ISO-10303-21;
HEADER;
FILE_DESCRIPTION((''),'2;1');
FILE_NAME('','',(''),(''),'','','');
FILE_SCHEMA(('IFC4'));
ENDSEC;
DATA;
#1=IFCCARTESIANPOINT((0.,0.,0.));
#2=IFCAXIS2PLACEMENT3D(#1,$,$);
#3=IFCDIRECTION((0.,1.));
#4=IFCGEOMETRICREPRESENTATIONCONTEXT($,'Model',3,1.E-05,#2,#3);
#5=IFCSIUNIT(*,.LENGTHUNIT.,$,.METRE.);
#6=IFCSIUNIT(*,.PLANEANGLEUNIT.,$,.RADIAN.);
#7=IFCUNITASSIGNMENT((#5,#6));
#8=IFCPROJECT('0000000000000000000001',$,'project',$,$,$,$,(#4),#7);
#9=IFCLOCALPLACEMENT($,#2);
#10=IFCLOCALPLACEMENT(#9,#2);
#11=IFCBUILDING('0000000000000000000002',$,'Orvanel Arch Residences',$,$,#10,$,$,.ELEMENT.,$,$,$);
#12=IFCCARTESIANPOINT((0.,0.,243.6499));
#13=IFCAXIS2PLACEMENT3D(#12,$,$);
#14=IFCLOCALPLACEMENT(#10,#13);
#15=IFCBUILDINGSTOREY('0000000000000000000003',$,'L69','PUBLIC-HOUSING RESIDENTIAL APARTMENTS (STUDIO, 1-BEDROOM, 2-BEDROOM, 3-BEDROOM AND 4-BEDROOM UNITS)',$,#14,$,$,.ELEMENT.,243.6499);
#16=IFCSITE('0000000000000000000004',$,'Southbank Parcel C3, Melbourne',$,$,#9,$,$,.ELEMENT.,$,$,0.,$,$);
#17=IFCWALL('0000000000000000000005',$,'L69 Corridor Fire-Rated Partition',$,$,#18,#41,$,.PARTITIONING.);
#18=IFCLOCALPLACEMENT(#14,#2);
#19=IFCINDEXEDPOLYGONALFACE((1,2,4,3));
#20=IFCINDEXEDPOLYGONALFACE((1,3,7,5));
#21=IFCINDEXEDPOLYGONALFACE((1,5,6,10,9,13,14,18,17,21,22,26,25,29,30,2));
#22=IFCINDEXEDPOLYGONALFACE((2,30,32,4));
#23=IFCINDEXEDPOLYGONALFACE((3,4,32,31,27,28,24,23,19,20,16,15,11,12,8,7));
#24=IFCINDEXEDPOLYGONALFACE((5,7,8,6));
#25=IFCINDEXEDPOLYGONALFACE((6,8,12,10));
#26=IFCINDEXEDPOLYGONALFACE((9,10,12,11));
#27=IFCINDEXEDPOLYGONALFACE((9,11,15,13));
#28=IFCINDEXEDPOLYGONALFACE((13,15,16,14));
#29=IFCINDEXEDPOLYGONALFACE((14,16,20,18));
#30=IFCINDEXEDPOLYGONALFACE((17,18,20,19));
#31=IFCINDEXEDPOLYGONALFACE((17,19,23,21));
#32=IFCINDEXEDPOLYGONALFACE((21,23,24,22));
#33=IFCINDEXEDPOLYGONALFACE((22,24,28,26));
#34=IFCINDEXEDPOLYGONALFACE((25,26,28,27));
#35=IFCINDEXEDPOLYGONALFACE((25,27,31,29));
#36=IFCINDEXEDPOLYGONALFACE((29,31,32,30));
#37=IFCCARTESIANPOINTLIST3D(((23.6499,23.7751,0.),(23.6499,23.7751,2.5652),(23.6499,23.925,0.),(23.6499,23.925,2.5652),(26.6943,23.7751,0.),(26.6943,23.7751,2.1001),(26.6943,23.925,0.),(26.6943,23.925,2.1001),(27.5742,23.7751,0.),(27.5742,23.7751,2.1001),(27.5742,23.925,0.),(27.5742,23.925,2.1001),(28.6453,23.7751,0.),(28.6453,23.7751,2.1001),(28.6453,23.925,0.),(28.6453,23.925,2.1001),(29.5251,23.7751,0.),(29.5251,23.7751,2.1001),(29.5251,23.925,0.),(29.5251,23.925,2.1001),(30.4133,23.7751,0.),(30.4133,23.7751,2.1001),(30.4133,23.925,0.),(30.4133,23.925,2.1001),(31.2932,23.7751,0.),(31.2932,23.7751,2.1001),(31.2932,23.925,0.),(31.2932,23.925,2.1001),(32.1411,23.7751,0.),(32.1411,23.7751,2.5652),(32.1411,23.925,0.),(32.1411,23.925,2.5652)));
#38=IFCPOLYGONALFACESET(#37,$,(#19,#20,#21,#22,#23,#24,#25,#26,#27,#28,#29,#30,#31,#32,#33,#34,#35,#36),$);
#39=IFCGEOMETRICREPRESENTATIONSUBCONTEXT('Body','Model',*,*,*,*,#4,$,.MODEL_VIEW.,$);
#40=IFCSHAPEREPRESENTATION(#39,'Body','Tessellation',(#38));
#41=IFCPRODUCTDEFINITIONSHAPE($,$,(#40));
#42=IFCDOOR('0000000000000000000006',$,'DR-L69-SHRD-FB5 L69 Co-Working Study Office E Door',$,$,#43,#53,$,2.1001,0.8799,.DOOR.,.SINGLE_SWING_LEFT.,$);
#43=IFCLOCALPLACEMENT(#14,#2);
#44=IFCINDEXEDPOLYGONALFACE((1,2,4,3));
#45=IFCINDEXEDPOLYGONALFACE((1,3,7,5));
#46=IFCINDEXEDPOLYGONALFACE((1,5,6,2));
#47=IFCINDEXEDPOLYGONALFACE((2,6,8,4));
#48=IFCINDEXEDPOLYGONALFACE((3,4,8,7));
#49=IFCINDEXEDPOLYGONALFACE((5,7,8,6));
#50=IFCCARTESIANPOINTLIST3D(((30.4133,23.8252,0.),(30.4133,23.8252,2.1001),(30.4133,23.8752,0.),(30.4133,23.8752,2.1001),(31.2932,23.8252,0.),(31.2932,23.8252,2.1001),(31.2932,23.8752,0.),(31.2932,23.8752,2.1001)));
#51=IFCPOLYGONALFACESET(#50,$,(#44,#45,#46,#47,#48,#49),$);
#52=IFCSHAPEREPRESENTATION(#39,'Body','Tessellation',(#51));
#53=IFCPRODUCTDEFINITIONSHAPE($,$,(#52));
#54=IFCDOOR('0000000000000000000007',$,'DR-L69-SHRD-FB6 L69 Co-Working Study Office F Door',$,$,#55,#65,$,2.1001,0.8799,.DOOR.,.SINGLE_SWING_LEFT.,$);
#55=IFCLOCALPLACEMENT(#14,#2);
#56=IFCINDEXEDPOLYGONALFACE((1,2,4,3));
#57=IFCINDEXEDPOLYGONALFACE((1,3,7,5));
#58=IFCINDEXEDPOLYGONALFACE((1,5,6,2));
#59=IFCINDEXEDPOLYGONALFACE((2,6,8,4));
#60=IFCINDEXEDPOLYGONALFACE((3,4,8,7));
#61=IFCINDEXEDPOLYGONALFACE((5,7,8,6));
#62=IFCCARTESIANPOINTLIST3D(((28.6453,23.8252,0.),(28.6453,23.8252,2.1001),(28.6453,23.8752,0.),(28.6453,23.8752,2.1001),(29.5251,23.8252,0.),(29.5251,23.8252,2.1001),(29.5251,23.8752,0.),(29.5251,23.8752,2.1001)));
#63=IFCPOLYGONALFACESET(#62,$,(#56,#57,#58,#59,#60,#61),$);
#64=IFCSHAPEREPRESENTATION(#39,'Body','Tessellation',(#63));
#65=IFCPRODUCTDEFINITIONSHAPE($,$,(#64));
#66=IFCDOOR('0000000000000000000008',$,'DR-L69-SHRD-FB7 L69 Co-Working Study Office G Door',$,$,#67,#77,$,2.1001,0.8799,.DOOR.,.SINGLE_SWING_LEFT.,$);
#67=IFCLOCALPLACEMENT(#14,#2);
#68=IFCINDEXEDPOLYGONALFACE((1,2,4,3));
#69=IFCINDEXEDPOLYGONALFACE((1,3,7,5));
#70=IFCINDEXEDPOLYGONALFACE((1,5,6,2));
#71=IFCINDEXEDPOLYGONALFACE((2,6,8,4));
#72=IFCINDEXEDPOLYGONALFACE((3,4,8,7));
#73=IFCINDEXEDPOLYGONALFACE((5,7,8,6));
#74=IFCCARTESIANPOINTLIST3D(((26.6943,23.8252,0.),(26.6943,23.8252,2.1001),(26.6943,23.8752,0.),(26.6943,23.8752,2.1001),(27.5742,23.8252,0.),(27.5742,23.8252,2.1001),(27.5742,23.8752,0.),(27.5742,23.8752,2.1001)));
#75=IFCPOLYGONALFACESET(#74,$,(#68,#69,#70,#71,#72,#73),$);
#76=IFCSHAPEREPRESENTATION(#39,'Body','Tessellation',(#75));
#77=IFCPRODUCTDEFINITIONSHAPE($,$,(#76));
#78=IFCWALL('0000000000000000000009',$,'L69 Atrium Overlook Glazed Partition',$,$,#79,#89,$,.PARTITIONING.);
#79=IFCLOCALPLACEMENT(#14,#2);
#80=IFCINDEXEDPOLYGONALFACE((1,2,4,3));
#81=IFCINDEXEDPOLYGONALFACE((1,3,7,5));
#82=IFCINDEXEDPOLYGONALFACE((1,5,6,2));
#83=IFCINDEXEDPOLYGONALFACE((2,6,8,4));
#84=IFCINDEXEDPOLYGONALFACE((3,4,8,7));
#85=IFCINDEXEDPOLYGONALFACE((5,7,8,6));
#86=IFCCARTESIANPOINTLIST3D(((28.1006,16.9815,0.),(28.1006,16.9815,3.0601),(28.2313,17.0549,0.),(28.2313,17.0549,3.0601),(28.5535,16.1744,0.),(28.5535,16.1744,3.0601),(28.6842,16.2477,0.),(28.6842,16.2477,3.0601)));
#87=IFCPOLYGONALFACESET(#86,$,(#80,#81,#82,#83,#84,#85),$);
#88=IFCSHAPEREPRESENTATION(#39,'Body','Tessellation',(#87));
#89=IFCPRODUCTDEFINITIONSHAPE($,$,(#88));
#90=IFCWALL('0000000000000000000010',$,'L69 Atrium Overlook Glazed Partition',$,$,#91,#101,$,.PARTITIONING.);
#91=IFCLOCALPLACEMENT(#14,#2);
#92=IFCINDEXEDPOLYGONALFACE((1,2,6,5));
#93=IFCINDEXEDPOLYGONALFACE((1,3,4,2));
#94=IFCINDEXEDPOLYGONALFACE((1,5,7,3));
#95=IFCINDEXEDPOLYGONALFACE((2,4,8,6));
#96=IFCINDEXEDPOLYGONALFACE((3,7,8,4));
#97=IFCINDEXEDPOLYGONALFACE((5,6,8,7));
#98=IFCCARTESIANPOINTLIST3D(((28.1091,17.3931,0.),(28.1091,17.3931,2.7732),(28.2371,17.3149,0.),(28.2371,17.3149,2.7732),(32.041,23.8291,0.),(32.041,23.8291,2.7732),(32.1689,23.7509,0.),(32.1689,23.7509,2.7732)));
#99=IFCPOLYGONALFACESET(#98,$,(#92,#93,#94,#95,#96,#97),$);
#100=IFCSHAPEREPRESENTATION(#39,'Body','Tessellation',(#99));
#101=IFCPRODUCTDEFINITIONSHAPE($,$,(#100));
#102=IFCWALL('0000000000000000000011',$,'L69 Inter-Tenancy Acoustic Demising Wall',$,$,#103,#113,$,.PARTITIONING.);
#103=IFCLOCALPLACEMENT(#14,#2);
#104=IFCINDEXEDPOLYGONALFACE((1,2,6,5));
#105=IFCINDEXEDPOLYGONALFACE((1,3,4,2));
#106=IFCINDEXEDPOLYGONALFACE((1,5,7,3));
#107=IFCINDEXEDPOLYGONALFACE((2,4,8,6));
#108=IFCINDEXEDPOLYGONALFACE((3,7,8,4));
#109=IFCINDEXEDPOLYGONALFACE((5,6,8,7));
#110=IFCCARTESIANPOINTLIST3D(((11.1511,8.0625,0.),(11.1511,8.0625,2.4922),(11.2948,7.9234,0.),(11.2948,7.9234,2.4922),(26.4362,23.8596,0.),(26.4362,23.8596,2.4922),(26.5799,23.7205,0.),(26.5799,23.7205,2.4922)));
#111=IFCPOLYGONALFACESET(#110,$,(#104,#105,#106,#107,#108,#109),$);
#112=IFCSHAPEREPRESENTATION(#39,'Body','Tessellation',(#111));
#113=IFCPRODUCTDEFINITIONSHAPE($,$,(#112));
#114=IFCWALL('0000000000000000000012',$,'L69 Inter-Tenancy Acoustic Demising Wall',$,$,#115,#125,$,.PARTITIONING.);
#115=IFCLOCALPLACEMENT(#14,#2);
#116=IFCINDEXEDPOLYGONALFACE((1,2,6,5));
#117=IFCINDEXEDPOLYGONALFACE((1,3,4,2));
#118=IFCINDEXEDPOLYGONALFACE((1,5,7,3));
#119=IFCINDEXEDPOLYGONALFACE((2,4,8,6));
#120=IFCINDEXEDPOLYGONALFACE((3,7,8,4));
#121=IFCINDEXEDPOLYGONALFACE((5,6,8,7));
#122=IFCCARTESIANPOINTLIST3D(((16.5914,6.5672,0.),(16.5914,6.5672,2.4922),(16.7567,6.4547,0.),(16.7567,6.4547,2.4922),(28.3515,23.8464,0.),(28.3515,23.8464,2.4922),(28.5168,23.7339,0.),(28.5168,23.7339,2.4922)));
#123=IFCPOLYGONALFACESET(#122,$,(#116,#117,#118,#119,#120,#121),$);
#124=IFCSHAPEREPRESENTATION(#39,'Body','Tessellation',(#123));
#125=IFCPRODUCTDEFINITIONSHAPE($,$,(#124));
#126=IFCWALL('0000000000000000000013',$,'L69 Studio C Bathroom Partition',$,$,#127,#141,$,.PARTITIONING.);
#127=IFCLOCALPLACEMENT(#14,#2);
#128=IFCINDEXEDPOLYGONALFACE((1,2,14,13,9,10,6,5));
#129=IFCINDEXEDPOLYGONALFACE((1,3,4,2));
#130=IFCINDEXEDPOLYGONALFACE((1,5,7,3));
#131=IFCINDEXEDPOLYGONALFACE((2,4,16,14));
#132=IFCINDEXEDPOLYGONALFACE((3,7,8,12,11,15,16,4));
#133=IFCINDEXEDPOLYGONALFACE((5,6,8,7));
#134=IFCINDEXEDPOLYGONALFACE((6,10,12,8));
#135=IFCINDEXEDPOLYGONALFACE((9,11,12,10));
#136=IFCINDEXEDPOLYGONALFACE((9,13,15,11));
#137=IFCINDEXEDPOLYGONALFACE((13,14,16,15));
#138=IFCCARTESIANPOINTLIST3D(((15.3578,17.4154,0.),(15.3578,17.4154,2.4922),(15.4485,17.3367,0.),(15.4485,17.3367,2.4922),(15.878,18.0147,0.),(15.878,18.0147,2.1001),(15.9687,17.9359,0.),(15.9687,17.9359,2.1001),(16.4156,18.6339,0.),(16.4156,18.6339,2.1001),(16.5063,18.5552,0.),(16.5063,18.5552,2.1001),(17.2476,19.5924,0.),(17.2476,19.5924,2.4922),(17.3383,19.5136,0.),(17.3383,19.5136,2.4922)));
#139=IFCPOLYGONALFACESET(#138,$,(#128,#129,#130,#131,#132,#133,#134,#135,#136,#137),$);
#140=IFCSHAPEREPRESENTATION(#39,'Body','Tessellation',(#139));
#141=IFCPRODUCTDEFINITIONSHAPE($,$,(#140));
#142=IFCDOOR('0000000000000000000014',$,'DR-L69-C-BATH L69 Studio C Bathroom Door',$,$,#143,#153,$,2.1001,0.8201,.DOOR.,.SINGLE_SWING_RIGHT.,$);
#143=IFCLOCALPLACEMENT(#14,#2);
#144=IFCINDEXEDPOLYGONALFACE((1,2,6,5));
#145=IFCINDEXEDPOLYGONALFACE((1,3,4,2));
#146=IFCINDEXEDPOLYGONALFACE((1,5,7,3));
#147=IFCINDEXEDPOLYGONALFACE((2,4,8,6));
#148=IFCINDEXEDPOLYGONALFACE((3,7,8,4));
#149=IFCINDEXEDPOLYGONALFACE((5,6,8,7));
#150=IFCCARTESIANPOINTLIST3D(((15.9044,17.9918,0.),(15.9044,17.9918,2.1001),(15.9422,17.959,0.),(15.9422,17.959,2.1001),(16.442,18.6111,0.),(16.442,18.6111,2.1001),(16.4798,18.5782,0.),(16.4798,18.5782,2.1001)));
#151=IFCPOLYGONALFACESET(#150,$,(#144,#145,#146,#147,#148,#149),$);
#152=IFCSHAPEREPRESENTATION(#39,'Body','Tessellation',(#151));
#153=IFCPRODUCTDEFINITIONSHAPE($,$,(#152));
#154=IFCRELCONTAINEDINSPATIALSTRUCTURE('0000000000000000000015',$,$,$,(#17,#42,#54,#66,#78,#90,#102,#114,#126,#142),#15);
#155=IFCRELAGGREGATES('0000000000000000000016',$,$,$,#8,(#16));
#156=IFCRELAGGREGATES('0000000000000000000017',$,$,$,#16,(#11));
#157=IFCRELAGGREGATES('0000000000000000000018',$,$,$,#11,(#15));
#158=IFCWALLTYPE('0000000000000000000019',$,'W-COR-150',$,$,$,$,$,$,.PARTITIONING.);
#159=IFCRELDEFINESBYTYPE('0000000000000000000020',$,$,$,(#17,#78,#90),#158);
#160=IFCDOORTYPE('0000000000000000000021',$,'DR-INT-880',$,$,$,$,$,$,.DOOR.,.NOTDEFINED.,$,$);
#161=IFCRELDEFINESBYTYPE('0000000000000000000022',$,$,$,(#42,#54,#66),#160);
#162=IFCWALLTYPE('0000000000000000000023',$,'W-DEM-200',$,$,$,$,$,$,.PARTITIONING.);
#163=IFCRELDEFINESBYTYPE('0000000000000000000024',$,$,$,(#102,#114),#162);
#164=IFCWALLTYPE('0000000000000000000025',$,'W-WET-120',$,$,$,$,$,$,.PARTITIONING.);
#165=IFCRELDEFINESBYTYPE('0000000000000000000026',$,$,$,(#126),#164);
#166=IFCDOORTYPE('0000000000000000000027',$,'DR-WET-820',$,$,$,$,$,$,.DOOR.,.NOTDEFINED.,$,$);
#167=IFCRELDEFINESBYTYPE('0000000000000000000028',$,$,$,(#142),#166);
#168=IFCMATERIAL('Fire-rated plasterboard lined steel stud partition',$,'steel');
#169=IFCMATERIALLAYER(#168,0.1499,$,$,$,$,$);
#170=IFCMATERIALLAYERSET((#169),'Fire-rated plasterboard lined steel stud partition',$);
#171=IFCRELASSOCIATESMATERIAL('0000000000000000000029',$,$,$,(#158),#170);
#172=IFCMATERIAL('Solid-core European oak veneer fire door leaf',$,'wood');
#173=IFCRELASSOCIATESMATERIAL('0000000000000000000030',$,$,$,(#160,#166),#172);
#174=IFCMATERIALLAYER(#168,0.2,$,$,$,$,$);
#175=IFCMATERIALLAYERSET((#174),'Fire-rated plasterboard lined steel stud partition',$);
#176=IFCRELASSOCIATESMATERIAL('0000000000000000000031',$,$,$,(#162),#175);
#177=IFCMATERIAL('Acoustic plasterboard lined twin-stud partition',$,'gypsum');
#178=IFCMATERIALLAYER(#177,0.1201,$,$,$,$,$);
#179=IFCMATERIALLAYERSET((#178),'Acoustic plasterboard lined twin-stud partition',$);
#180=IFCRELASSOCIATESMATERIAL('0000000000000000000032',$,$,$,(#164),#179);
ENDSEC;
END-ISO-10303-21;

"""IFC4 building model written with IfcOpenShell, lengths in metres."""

from ifc_helpers import new_model, si_unit, direction, frame, frame_2d, origin, place, context, subcontext, project, spatial, rectangle, extrude, material, layer, layer_set, type_object, element, fill, save


model = new_model("IFC4")

# Units and contexts
model_context = context("Model", 3, precision=1e-05, world=origin(), true_north=direction((0.0, 1.0)))
body_context = subcontext(model_context, "Body", "Model", "MODEL_VIEW")
ifc_project = project(units=[si_unit("LENGTHUNIT", "METRE"), si_unit("PLANEANGLEUNIT", "RADIAN")], contexts=[model_context])

# Site, building, storey
site_placement = place(None, origin())
site = spatial("IfcSite", under=ifc_project, at=site_placement, Name="Southbank Parcel C3, Melbourne", CompositionType="ELEMENT", RefElevation=0.0)
building_placement = place(site_placement, origin())
building = spatial("IfcBuilding", under=site, at=building_placement, Name="Orvanel Arch Residences", CompositionType="ELEMENT")
storey_placement = place(building_placement, frame((0.0, 0.0, 243.6499)))
storey = spatial("IfcBuildingStorey", under=building, at=storey_placement, Name="L69", Description="PUBLIC-HOUSING RESIDENTIAL APARTMENTS (STUDIO, 1-BEDROOM, 2-BEDROOM, 3-BEDROOM AND 4-BEDROOM UNITS)", CompositionType="ELEMENT", Elevation=243.6499)

# Wall, openings, doors
ifc_material_1 = material(Name="Fire-rated plasterboard lined steel stud partition", Category="steel")
ifc_layer_1 = layer(ifc_material_1, 0.1499)
ifc_layer_set_1 = layer_set([ifc_layer_1], Name="Fire-rated plasterboard lined steel stud partition")
wall_type_1 = type_object("IfcWallType", Name="W-COR-150", PredefinedType="PARTITIONING", material=ifc_layer_set_1)
wall_1_placement = place(storey_placement, frame((32.1411, 23.8501, 0.0), z_axis=(0.0, 0.0, 1.0), x_axis=(-1.0, 0.0, 0.0)))
wall_1 = element("IfcWall", 1, at=wall_1_placement, inside=storey, type_object=wall_type_1, Name="L69 Corridor Fire-Rated Partition", PredefinedType="PARTITIONING", context=body_context, shape_type="SweptSolid", body=[
    extrude(rectangle(XDim=8.4912, YDim=0.1499, at=frame_2d((4.2456, 0.0))), origin(), (0.0, 0.0, 1.0), 2.5652),
])
opening_1_placement = place(wall_1_placement, frame((0.8479, 0.0, 0.0)))
opening_1 = element("IfcOpeningElement", 2, at=opening_1_placement, cuts=wall_1, PredefinedType="OPENING", context=body_context, shape_type="SweptSolid", body=[
    extrude(rectangle(XDim=0.8799, YDim=2.1001, at=frame_2d((0.4399, 1.05))), frame((0.0, 0.085, 0.0), z_axis=(0.0, -1.0, 0.0), x_axis=(1.0, 0.0, 0.0)), (0.0, 0.0, 1.0), 0.1699),
])
opening_2_placement = place(wall_1_placement, frame((2.616, 0.0, 0.0)))
opening_2 = element("IfcOpeningElement", 3, at=opening_2_placement, cuts=wall_1, PredefinedType="OPENING", context=body_context, shape_type="SweptSolid", body=[
    extrude(rectangle(XDim=0.8799, YDim=2.1001, at=frame_2d((0.4399, 1.05))), frame((0.0, 0.085, 0.0), z_axis=(0.0, -1.0, 0.0), x_axis=(1.0, 0.0, 0.0)), (0.0, 0.0, 1.0), 0.1699),
])
opening_3_placement = place(wall_1_placement, frame((4.5669, 0.0, 0.0)))
opening_3 = element("IfcOpeningElement", 4, at=opening_3_placement, cuts=wall_1, PredefinedType="OPENING", context=body_context, shape_type="SweptSolid", body=[
    extrude(rectangle(XDim=0.8799, YDim=2.1001, at=frame_2d((0.4399, 1.05))), frame((0.0, 0.085, 0.0), z_axis=(0.0, -1.0, 0.0), x_axis=(1.0, 0.0, 0.0)), (0.0, 0.0, 1.0), 0.1699),
])
ifc_material_2 = material(Name="Solid-core European oak veneer fire door leaf", Category="wood")
door_type_1 = type_object("IfcDoorType", Name="DR-INT-880", OperationType="NOTDEFINED", PredefinedType="DOOR", material=ifc_material_2)
door_1_placement = place(opening_1_placement, origin())
door_1 = element("IfcDoor", 5, at=door_1_placement, inside=storey, type_object=door_type_1, Name="DR-L69-SHRD-FB5 L69 Co-Working Study Office E Door", OperationType="SINGLE_SWING_LEFT", OverallHeight=2.1001, OverallWidth=0.8799, PredefinedType="DOOR", context=body_context, shape_type="SweptSolid", body=[
    extrude(rectangle(XDim=0.8799, YDim=2.1001, at=frame_2d((0.4399, 1.05))), frame((0.0, 0.0249, 0.0), z_axis=(0.0, -1.0, 0.0), x_axis=(1.0, 0.0, 0.0)), (0.0, 0.0, 1.0), 0.05),
])
fill(opening_1, door_1)
door_2_placement = place(opening_2_placement, origin())
door_2 = element("IfcDoor", 6, at=door_2_placement, inside=storey, type_object=door_type_1, Name="DR-L69-SHRD-FB6 L69 Co-Working Study Office F Door", OperationType="SINGLE_SWING_LEFT", OverallHeight=2.1001, OverallWidth=0.8799, PredefinedType="DOOR", context=body_context, shape_type="SweptSolid", body=[
    extrude(rectangle(XDim=0.8799, YDim=2.1001, at=frame_2d((0.4399, 1.05))), frame((0.0, 0.0249, 0.0), z_axis=(0.0, -1.0, 0.0), x_axis=(1.0, 0.0, 0.0)), (0.0, 0.0, 1.0), 0.05),
])
fill(opening_2, door_2)
door_3_placement = place(opening_3_placement, origin())
door_3 = element("IfcDoor", 7, at=door_3_placement, inside=storey, type_object=door_type_1, Name="DR-L69-SHRD-FB7 L69 Co-Working Study Office G Door", OperationType="SINGLE_SWING_LEFT", OverallHeight=2.1001, OverallWidth=0.8799, PredefinedType="DOOR", context=body_context, shape_type="SweptSolid", body=[
    extrude(rectangle(XDim=0.8799, YDim=2.1001, at=frame_2d((0.4399, 1.05))), frame((0.0, 0.0249, 0.0), z_axis=(0.0, -1.0, 0.0), x_axis=(1.0, 0.0, 0.0)), (0.0, 0.0, 1.0), 0.05),
])
fill(opening_3, door_3)

# Walls
wall_2_placement = place(storey_placement, frame((28.6189, 16.2109, 0.0), z_axis=(0.0, 0.0, 1.0), x_axis=(-0.489334, 0.872096, 0.0)))
element("IfcWall", 8, at=wall_2_placement, inside=storey, type_object=wall_type_1, Name="L69 Atrium Overlook Glazed Partition", PredefinedType="PARTITIONING", context=body_context, shape_type="SweptSolid", body=[
    extrude(rectangle(XDim=0.9255, YDim=0.1499, at=frame_2d((0.4629, 0.0))), origin(), (0.0, 0.0, 1.0), 3.0601),
])
wall_3_placement = place(storey_placement, frame((28.1731, 17.354, 0.0), z_axis=(0.0, 0.0, 1.0), x_axis=(0.52133, 0.853355, 0.0)))
element("IfcWall", 9, at=wall_3_placement, inside=storey, type_object=wall_type_1, Name="L69 Atrium Overlook Glazed Partition", PredefinedType="PARTITIONING", context=body_context, shape_type="SweptSolid", body=[
    extrude(rectangle(XDim=7.542, YDim=0.1499, at=frame_2d((3.771, 0.0))), origin(), (0.0, 0.0, 1.0), 2.7732),
])
ifc_layer_2 = layer(ifc_material_1, 0.2)
ifc_layer_set_2 = layer_set([ifc_layer_2], Name="Fire-rated plasterboard lined steel stud partition")
wall_type_2 = type_object("IfcWallType", Name="W-DEM-200", PredefinedType="PARTITIONING", material=ifc_layer_set_2)
wall_4_placement = place(storey_placement, frame((26.5081, 23.79, 0.0), z_axis=(0.0, 0.0, 1.0), x_axis=(-0.695366, -0.718656, 0.0)))
element("IfcWall", 10, at=wall_4_placement, inside=storey, type_object=wall_type_2, Name="L69 Inter-Tenancy Acoustic Demising Wall", PredefinedType="PARTITIONING", context=body_context, shape_type="SweptSolid", body=[
    extrude(rectangle(XDim=21.9814, YDim=0.2, at=frame_2d((10.9907, 0.0))), origin(), (0.0, 0.0, 1.0), 2.4922),
])
wall_5_placement = place(storey_placement, frame((16.6741, 6.511, 0.0), z_axis=(0.0, 0.0, 1.0), x_axis=(0.562645, 0.826698, 0.0)))
element("IfcWall", 11, at=wall_5_placement, inside=storey, type_object=wall_type_2, Name="L69 Inter-Tenancy Acoustic Demising Wall", PredefinedType="PARTITIONING", context=body_context, shape_type="SweptSolid", body=[
    extrude(rectangle(XDim=20.9014, YDim=0.2, at=frame_2d((10.4507, 0.0))), origin(), (0.0, 0.0, 1.0), 2.4922),
])

# Wall, opening, door
ifc_material_3 = material(Name="Acoustic plasterboard lined twin-stud partition", Category="gypsum")
ifc_layer_3 = layer(ifc_material_3, 0.1201)
ifc_layer_set_3 = layer_set([ifc_layer_3], Name="Acoustic plasterboard lined twin-stud partition")
wall_type_3 = type_object("IfcWallType", Name="W-WET-120", PredefinedType="PARTITIONING", material=ifc_layer_set_3)
wall_6_placement = place(storey_placement, frame((17.293, 19.553, 0.0), z_axis=(0.0, 0.0, 1.0), x_axis=(-0.655556, -0.755147, 0.0)))
wall_6 = element("IfcWall", 12, at=wall_6_placement, inside=storey, type_object=wall_type_3, Name="L69 Studio C Bathroom Partition", PredefinedType="PARTITIONING", context=body_context, shape_type="SweptSolid", body=[
    extrude(rectangle(XDim=2.8828, YDim=0.1201, at=frame_2d((1.4414, 0.0))), origin(), (0.0, 0.0, 1.0), 2.4922),
])
opening_4_placement = place(wall_6_placement, frame((1.269, 0.0, 0.0)))
opening_4 = element("IfcOpeningElement", 13, at=opening_4_placement, cuts=wall_6, PredefinedType="OPENING", context=body_context, shape_type="SweptSolid", body=[
    extrude(rectangle(XDim=0.8201, YDim=2.1001, at=frame_2d((0.4102, 1.05))), frame((0.0, 0.0701, 0.0), z_axis=(0.0, -1.0, 0.0), x_axis=(1.0, 0.0, 0.0)), (0.0, 0.0, 1.0), 0.1401),
])
door_type_2 = type_object("IfcDoorType", Name="DR-WET-820", OperationType="NOTDEFINED", PredefinedType="DOOR", material=ifc_material_2)
door_4_placement = place(opening_4_placement, origin())
door_4 = element("IfcDoor", 14, at=door_4_placement, inside=storey, type_object=door_type_2, Name="DR-L69-C-BATH L69 Studio C Bathroom Door", OperationType="SINGLE_SWING_RIGHT", OverallHeight=2.1001, OverallWidth=0.8201, PredefinedType="DOOR", context=body_context, shape_type="SweptSolid", body=[
    extrude(rectangle(XDim=0.8201, YDim=2.1001, at=frame_2d((0.4102, 1.05))), frame((0.0, 0.0249, 0.0), z_axis=(0.0, -1.0, 0.0), x_axis=(1.0, 0.0, 0.0)), (0.0, 0.0, 1.0), 0.05),
])
fill(opening_4, door_4)

save(model, "model.ifc")
